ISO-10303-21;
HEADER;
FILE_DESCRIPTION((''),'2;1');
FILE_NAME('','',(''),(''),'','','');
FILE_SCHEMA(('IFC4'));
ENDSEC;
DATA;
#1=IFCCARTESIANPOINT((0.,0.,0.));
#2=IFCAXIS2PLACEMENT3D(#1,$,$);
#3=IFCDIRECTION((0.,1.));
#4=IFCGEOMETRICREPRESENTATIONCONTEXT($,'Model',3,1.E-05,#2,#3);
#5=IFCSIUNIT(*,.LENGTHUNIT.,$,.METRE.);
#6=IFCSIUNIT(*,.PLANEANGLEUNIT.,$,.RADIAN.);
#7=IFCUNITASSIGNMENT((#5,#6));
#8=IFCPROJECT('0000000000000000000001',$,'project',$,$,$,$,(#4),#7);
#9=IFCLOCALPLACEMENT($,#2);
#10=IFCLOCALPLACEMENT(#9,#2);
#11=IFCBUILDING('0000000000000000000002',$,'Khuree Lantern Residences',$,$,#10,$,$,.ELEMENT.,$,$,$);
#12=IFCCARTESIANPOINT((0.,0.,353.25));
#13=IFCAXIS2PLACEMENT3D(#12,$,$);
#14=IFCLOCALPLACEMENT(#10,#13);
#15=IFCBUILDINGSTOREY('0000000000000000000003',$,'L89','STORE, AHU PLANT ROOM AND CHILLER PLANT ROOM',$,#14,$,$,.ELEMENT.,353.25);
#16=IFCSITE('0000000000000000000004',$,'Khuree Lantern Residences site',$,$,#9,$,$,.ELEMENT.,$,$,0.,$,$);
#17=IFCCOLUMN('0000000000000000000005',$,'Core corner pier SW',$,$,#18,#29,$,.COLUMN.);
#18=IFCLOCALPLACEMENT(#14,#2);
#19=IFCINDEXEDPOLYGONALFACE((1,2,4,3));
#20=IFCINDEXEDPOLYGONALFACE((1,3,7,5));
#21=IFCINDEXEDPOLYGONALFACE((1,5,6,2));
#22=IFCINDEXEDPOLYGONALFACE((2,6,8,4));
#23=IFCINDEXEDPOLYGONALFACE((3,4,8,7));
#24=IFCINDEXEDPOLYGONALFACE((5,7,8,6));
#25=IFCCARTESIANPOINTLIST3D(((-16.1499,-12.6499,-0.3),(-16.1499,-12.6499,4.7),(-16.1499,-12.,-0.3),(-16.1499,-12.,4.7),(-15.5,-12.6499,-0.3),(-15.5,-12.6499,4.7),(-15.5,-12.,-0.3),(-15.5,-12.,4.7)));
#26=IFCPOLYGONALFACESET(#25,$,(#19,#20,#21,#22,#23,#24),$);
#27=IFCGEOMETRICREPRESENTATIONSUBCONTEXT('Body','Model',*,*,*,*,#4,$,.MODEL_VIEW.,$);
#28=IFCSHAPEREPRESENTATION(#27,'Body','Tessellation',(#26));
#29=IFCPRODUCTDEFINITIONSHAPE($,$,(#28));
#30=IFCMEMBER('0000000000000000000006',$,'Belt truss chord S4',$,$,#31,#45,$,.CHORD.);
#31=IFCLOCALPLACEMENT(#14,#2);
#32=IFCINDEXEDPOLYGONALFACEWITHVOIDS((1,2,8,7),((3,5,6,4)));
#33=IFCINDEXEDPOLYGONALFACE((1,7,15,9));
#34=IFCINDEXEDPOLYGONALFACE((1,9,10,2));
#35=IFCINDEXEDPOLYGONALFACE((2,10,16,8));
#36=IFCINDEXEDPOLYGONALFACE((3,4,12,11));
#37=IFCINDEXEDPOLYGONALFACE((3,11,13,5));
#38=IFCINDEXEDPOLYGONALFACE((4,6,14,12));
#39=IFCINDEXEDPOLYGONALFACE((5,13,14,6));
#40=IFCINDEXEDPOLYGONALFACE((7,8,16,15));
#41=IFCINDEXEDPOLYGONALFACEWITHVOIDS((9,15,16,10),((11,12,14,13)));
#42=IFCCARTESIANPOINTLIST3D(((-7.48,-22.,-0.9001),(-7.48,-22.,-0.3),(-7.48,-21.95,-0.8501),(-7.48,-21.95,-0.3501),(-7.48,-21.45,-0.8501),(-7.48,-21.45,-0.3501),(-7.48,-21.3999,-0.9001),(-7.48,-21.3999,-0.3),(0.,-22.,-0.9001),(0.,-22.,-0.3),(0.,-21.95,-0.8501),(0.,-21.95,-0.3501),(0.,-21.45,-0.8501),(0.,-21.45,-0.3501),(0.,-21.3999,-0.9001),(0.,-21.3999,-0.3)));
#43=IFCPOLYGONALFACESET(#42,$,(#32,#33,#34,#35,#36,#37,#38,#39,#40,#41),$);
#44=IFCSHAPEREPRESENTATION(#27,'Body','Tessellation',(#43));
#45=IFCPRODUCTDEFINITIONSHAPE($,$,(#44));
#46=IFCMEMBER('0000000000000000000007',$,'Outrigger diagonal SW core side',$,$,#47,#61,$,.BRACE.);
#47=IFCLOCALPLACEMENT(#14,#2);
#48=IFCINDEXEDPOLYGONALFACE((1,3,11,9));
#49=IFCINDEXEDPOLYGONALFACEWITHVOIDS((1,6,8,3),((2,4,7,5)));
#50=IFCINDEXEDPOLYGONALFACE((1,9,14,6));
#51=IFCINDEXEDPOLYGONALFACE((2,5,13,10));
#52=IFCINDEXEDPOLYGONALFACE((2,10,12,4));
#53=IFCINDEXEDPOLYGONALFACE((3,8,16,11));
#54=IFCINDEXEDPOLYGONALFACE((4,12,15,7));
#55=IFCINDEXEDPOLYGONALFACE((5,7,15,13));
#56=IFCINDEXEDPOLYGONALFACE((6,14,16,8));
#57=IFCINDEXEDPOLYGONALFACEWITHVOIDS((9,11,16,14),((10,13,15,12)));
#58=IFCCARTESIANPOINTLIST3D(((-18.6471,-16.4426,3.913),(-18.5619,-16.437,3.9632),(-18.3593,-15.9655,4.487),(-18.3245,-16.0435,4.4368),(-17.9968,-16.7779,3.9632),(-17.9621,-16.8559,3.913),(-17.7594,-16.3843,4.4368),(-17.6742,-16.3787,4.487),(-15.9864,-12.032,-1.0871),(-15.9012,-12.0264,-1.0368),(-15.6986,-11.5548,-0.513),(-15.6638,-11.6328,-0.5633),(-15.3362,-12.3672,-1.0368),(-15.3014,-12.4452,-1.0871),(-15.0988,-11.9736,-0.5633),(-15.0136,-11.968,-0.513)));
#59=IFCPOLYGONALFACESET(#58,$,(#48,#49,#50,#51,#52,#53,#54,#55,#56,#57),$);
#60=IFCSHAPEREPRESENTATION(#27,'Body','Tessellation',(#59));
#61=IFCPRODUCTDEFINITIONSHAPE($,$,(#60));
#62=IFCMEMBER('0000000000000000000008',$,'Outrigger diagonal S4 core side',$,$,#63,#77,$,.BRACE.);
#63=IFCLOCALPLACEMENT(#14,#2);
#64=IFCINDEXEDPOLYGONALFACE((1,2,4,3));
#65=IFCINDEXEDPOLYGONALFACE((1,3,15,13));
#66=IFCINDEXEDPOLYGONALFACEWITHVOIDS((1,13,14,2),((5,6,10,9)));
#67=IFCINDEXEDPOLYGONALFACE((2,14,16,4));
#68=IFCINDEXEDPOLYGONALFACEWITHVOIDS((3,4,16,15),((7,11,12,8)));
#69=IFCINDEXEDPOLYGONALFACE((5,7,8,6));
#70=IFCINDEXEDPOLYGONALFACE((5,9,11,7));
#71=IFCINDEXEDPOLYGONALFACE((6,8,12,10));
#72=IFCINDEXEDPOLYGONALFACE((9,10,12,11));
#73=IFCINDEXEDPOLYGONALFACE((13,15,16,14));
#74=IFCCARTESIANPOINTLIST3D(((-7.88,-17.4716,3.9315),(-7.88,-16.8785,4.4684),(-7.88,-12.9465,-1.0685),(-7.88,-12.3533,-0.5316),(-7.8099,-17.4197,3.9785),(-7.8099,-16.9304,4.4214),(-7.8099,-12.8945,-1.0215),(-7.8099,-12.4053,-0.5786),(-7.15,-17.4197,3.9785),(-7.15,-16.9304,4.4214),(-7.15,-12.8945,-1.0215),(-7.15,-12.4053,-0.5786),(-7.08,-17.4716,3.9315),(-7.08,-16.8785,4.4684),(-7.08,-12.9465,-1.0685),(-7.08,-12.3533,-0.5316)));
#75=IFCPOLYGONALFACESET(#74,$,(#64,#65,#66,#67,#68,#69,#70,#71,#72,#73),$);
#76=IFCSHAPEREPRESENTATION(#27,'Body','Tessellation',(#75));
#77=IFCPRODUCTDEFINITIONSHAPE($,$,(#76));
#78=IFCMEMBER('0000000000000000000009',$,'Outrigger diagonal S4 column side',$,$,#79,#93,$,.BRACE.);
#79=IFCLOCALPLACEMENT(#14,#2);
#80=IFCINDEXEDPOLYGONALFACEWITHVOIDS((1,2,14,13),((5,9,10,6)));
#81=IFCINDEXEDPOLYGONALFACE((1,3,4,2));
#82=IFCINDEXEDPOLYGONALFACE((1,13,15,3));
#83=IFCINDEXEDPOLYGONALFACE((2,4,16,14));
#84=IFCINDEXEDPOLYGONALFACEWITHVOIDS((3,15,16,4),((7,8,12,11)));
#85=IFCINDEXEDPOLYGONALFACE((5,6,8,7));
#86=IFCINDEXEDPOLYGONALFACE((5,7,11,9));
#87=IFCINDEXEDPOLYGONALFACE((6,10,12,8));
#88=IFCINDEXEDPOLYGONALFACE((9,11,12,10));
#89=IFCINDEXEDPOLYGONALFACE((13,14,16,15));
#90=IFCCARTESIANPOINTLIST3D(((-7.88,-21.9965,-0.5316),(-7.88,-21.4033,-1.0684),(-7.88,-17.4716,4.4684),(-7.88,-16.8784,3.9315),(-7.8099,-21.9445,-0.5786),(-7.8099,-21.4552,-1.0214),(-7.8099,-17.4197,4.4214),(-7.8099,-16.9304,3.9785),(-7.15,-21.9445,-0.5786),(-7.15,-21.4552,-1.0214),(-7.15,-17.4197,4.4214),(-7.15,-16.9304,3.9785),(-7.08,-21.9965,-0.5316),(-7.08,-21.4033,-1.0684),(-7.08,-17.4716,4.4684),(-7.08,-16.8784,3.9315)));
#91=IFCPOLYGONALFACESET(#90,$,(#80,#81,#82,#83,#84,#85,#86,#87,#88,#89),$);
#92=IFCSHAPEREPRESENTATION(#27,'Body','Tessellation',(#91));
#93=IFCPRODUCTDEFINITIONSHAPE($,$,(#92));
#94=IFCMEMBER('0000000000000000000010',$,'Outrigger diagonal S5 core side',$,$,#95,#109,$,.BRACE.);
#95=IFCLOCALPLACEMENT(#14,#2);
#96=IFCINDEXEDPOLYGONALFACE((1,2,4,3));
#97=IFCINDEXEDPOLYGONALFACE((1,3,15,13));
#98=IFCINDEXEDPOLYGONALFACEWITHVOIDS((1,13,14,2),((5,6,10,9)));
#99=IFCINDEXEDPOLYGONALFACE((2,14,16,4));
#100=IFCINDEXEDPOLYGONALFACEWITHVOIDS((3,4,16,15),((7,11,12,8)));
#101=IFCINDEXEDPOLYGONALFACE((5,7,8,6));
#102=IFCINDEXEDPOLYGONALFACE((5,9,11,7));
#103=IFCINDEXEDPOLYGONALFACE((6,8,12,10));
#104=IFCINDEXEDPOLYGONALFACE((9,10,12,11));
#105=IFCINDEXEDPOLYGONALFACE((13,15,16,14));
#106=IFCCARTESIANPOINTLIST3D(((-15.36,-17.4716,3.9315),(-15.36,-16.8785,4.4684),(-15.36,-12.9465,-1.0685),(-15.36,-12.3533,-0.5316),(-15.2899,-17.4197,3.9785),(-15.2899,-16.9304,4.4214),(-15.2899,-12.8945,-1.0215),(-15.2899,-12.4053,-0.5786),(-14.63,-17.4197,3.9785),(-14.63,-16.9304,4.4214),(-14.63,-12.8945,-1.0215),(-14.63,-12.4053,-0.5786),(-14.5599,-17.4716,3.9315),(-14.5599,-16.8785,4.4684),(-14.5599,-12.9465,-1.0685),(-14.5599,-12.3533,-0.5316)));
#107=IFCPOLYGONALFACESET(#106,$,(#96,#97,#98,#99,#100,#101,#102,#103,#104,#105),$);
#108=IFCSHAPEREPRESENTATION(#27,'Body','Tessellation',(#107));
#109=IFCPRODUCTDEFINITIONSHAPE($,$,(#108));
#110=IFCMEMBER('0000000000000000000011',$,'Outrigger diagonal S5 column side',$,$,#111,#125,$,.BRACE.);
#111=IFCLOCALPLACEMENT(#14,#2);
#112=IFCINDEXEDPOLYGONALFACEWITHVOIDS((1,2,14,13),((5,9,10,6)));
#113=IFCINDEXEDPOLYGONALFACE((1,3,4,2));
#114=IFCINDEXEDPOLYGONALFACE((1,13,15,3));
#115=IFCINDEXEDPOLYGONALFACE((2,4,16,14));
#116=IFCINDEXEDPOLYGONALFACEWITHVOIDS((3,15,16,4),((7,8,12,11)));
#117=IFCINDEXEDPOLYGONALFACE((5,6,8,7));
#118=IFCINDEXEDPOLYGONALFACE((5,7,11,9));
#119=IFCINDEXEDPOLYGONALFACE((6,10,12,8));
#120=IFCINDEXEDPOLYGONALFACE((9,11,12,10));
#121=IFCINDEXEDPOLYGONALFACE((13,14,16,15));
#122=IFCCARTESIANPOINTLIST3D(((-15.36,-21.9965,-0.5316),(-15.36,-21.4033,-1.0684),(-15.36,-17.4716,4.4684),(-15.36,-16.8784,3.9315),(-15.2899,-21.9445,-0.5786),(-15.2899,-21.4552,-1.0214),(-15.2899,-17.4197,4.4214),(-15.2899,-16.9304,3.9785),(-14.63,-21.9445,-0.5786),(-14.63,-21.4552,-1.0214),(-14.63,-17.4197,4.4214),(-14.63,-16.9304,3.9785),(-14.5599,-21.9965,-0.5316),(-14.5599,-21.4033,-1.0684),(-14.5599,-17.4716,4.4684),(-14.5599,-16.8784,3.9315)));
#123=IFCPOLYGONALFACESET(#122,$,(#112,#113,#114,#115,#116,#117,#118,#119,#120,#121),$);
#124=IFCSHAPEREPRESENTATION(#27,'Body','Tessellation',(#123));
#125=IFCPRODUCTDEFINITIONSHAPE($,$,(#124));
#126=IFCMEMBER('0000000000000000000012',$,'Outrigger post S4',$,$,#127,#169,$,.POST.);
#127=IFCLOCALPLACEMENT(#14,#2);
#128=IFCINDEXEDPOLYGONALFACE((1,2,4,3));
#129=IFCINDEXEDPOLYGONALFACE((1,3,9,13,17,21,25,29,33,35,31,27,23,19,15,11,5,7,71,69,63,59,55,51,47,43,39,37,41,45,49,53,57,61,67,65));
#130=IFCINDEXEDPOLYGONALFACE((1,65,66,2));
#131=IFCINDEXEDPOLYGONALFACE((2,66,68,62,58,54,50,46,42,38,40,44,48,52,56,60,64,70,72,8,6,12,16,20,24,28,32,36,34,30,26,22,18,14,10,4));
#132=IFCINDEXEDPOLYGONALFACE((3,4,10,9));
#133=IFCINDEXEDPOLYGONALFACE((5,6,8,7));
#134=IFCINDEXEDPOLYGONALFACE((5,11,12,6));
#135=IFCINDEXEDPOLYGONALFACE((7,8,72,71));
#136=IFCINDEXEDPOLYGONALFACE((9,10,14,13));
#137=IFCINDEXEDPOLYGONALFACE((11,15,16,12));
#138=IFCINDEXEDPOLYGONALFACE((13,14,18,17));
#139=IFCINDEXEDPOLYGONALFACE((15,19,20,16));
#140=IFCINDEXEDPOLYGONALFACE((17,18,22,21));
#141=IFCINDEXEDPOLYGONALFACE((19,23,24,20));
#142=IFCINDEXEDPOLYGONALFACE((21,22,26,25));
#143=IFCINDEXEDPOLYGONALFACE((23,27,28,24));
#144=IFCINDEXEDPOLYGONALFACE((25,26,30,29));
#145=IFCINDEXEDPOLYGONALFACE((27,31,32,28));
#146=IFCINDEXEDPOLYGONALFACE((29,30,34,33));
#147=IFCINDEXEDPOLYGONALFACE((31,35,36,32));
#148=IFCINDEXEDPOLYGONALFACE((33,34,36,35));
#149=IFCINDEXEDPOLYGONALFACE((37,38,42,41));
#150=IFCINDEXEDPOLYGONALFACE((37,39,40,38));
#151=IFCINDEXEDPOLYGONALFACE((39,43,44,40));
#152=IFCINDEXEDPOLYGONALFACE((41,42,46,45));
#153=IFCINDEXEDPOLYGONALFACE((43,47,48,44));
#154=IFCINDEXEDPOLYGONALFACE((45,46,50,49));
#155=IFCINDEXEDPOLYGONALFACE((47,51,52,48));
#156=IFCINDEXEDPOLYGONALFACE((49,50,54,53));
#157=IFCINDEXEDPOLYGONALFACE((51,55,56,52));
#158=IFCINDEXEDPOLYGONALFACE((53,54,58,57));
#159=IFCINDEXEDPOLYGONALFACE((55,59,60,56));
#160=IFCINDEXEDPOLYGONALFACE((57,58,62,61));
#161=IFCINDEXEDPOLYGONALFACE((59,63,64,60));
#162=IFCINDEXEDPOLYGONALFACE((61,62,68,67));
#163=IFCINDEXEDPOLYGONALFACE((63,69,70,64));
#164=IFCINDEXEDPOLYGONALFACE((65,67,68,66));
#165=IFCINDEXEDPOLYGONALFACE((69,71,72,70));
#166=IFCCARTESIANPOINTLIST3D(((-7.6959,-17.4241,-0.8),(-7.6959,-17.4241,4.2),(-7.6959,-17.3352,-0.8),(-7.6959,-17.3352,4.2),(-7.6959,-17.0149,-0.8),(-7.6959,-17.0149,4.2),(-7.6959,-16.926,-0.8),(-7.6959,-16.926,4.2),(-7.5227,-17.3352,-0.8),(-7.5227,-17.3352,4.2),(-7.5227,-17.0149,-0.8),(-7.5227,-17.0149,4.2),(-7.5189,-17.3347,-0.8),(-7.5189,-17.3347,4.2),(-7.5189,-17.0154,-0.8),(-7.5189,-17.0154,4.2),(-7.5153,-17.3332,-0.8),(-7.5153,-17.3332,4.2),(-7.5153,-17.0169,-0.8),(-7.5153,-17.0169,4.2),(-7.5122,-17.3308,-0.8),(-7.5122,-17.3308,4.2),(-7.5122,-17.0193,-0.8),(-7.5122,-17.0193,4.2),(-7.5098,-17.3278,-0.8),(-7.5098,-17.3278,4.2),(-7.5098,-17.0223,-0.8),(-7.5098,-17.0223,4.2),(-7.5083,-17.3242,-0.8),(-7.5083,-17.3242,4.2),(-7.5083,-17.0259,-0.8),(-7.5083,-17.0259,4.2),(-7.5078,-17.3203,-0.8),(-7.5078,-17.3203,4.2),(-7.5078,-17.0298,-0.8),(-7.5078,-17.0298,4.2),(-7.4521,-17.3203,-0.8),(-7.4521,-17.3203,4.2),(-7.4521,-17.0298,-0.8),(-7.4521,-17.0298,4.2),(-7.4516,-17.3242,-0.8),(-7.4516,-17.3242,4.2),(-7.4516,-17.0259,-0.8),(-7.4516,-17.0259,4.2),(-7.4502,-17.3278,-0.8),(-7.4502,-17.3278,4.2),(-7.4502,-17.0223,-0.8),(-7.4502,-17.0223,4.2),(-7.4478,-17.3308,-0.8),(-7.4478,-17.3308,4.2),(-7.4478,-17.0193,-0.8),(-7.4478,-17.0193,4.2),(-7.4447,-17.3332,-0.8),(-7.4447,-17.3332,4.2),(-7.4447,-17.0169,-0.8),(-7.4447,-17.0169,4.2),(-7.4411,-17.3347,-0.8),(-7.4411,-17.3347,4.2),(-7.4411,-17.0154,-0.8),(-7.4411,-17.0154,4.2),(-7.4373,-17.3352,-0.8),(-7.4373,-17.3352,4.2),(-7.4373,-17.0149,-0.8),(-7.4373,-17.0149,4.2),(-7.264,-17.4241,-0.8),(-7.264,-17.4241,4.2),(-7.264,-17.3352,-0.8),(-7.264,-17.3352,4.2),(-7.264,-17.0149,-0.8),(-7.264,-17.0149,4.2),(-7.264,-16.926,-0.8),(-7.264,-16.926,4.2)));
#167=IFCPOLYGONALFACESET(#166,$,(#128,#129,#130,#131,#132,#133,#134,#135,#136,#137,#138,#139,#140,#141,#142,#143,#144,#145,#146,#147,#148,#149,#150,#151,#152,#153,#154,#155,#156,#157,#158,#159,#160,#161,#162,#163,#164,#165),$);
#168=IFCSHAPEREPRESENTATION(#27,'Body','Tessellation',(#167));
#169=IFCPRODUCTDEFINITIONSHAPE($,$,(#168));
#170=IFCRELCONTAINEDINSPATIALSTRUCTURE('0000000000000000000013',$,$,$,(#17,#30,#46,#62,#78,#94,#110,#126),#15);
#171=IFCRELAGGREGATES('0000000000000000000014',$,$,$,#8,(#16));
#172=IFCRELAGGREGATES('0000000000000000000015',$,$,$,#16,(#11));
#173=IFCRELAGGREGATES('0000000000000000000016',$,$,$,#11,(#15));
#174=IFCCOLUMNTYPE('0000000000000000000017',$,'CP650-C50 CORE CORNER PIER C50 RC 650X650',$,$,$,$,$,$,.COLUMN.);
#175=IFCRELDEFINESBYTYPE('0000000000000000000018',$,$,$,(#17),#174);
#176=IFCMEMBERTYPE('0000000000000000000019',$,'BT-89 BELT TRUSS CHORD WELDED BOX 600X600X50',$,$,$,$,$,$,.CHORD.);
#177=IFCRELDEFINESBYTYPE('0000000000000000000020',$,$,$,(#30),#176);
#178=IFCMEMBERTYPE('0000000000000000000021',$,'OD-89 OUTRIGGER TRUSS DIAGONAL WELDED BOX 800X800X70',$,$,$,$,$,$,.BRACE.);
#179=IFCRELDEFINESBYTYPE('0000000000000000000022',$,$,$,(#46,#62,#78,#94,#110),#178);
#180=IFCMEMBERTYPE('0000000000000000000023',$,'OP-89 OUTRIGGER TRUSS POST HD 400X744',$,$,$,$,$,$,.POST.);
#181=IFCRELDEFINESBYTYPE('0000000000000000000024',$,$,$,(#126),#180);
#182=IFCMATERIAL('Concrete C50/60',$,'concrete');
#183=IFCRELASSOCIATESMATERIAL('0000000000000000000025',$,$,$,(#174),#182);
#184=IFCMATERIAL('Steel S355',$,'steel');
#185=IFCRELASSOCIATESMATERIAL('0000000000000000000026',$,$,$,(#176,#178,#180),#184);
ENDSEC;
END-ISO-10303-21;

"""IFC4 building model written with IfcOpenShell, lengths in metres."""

from ifc_helpers import new_model, si_unit, direction, frame, origin, origin_2d, place, context, subcontext, project, spatial, rectangle, hollow_rectangle, i_section, extrude, material, material_profile, profile_set, type_object, element, save


model = new_model("IFC4")

# Units and contexts
model_context = context("Model", 3, precision=1e-05, world=origin(), true_north=direction((0.0, 1.0)))
body_context = subcontext(model_context, "Body", "Model", "MODEL_VIEW")
ifc_project = project(units=[si_unit("LENGTHUNIT", "METRE"), si_unit("PLANEANGLEUNIT", "RADIAN")], contexts=[model_context])

# Site, building, storey
site_placement = place(None, origin())
site = spatial("IfcSite", under=ifc_project, at=site_placement, Name="Khuree Lantern Residences site", CompositionType="ELEMENT", RefElevation=0.0)
building_placement = place(site_placement, origin())
building = spatial("IfcBuilding", under=site, at=building_placement, Name="Khuree Lantern Residences", CompositionType="ELEMENT")
storey_placement = place(building_placement, frame((0.0, 0.0, 353.25)))
storey = spatial("IfcBuildingStorey", under=building, at=storey_placement, Name="L89", Description="STORE, AHU PLANT ROOM AND CHILLER PLANT ROOM", CompositionType="ELEMENT", Elevation=353.25)

# Column
ifc_material_1 = material(Name="Concrete C50/60", Category="concrete")
ifc_material_profile_1 = material_profile(ifc_material_1, rectangle(XDim=0.6499, YDim=0.6499, at=origin_2d()), Name="RC 650X650")
ifc_profile_set_1 = profile_set([ifc_material_profile_1], Name="Concrete C50/60")
column_type = type_object("IfcColumnType", Name="CP650-C50 CORE CORNER PIER C50 RC 650X650", PredefinedType="COLUMN", material=ifc_profile_set_1)
column_placement = place(storey_placement, frame((-15.825, -12.325, -0.3), z_axis=(0.0, 0.0, 1.0), x_axis=(1.0, 0.0, 0.0)))
element("IfcColumn", 1, at=column_placement, inside=storey, type_object=column_type, Name="Core corner pier SW", PredefinedType="COLUMN", context=body_context, shape_type="SweptSolid", body=[
    extrude(rectangle(XDim=0.6499, YDim=0.6499, at=origin_2d()), origin(), (0.0, 0.0, 1.0), 5.0),
])

# Members
ifc_material_2 = material(Name="Steel S355", Category="steel")
ifc_material_profile_2 = material_profile(ifc_material_2, hollow_rectangle(XDim=0.6001, YDim=0.6001, WallThickness=0.05, at=origin_2d()), Name="WELDED BOX 600X600X50")
ifc_profile_set_2 = profile_set([ifc_material_profile_2], Name="Steel S355")
member_type_1 = type_object("IfcMemberType", Name="BT-89 BELT TRUSS CHORD WELDED BOX 600X600X50", PredefinedType="CHORD", material=ifc_profile_set_2)
member_1_placement = place(storey_placement, frame((0.0, -21.7, -0.6001), z_axis=(-1.0, 0.0, 0.0), x_axis=(0.0, -1.0, 0.0)))
element("IfcMember", 2, at=member_1_placement, inside=storey, type_object=member_type_1, Name="Belt truss chord S4", PredefinedType="CHORD", context=body_context, shape_type="SweptSolid", body=[
    extrude(hollow_rectangle(XDim=0.6001, YDim=0.6001, WallThickness=0.05, at=origin_2d()), origin(), (0.0, 0.0, 1.0), 7.48),
])
ifc_material_profile_3 = material_profile(ifc_material_2, hollow_rectangle(XDim=0.8, YDim=0.8, WallThickness=0.0701, at=origin_2d()), Name="WELDED BOX 800X800X70")
ifc_profile_set_3 = profile_set([ifc_material_profile_3], Name="Steel S355")
member_type_2 = type_object("IfcMemberType", Name="OD-89 OUTRIGGER TRUSS DIAGONAL WELDED BOX 800X800X70", PredefinedType="BRACE", material=ifc_profile_set_3)
member_2_placement = place(storey_placement, frame((-15.5, -12.0, -0.8), z_axis=(-0.370634, -0.614413, 0.696511), x_axis=(0.856269, -0.51653, 0.0)))
element("IfcMember", 3, at=member_2_placement, inside=storey, type_object=member_type_2, Name="Outrigger diagonal SW core side", PredefinedType="BRACE", context=body_context, shape_type="SweptSolid", body=[
    extrude(hollow_rectangle(XDim=0.8, YDim=0.8, WallThickness=0.0701, at=origin_2d()), origin(), (0.0, 0.0, 1.0), 7.1787),
])
member_3_placement = place(storey_placement, frame((-7.48, -12.6499, -0.8), z_axis=(0.0, -0.671022, 0.741437), x_axis=(1.0, 0.0, 0.0)))
element("IfcMember", 4, at=member_3_placement, inside=storey, type_object=member_type_2, Name="Outrigger diagonal S4 core side", PredefinedType="BRACE", context=body_context, shape_type="SweptSolid", body=[
    extrude(hollow_rectangle(XDim=0.8, YDim=0.8, WallThickness=0.0701, at=origin_2d()), origin(), (0.0, 0.0, 1.0), 6.7437),
])
member_4_placement = place(storey_placement, frame((-7.48, -17.175, 4.2), z_axis=(0.0, -0.671002, -0.741455), x_axis=(1.0, 0.0, 0.0)))
element("IfcMember", 5, at=member_4_placement, inside=storey, type_object=member_type_2, Name="Outrigger diagonal S4 column side", PredefinedType="BRACE", context=body_context, shape_type="SweptSolid", body=[
    extrude(hollow_rectangle(XDim=0.8, YDim=0.8, WallThickness=0.0701, at=origin_2d()), origin(), (0.0, 0.0, 1.0), 6.7434),
])
member_5_placement = place(storey_placement, frame((-14.96, -12.6499, -0.8), z_axis=(0.0, -0.671022, 0.741437), x_axis=(1.0, 0.0, 0.0)))
element("IfcMember", 6, at=member_5_placement, inside=storey, type_object=member_type_2, Name="Outrigger diagonal S5 core side", PredefinedType="BRACE", context=body_context, shape_type="SweptSolid", body=[
    extrude(hollow_rectangle(XDim=0.8, YDim=0.8, WallThickness=0.0701, at=origin_2d()), origin(), (0.0, 0.0, 1.0), 6.7437),
])
member_6_placement = place(storey_placement, frame((-14.96, -17.175, 4.2), z_axis=(0.0, -0.671002, -0.741455), x_axis=(1.0, 0.0, 0.0)))
element("IfcMember", 7, at=member_6_placement, inside=storey, type_object=member_type_2, Name="Outrigger diagonal S5 column side", PredefinedType="BRACE", context=body_context, shape_type="SweptSolid", body=[
    extrude(hollow_rectangle(XDim=0.8, YDim=0.8, WallThickness=0.0701, at=origin_2d()), origin(), (0.0, 0.0, 1.0), 6.7434),
])
ifc_material_profile_4 = material_profile(ifc_material_2, i_section(OverallWidth=0.4319, OverallDepth=0.498, WebThickness=0.0557, FlangeThickness=0.0889, FilletRadius=0.0149, at=origin_2d()), Name="HD 400X744")
ifc_profile_set_4 = profile_set([ifc_material_profile_4], Name="Steel S355")
member_type_3 = type_object("IfcMemberType", Name="OP-89 OUTRIGGER TRUSS POST HD 400X744", PredefinedType="POST", material=ifc_profile_set_4)
for number, where, z_axis, x_axis, name in (
    (8, (-7.48, -17.175, -0.8), (0.0, 0.0, 1.0), (1.0, 0.0, 0.0), "Outrigger post S4"),
):
    element("IfcMember", number, at=place(storey_placement, frame(where, z_axis=z_axis, x_axis=x_axis)), inside=storey, type_object=member_type_3, Name=name, PredefinedType="POST", context=body_context, shape_type="SweptSolid", body=[
        extrude(i_section(OverallWidth=0.4319, OverallDepth=0.498, WebThickness=0.0557, FlangeThickness=0.0889, FilletRadius=0.0149, at=origin_2d()), origin(), (0.0, 0.0, 1.0), 5.0),
    ])

save(model, "model.ifc")
